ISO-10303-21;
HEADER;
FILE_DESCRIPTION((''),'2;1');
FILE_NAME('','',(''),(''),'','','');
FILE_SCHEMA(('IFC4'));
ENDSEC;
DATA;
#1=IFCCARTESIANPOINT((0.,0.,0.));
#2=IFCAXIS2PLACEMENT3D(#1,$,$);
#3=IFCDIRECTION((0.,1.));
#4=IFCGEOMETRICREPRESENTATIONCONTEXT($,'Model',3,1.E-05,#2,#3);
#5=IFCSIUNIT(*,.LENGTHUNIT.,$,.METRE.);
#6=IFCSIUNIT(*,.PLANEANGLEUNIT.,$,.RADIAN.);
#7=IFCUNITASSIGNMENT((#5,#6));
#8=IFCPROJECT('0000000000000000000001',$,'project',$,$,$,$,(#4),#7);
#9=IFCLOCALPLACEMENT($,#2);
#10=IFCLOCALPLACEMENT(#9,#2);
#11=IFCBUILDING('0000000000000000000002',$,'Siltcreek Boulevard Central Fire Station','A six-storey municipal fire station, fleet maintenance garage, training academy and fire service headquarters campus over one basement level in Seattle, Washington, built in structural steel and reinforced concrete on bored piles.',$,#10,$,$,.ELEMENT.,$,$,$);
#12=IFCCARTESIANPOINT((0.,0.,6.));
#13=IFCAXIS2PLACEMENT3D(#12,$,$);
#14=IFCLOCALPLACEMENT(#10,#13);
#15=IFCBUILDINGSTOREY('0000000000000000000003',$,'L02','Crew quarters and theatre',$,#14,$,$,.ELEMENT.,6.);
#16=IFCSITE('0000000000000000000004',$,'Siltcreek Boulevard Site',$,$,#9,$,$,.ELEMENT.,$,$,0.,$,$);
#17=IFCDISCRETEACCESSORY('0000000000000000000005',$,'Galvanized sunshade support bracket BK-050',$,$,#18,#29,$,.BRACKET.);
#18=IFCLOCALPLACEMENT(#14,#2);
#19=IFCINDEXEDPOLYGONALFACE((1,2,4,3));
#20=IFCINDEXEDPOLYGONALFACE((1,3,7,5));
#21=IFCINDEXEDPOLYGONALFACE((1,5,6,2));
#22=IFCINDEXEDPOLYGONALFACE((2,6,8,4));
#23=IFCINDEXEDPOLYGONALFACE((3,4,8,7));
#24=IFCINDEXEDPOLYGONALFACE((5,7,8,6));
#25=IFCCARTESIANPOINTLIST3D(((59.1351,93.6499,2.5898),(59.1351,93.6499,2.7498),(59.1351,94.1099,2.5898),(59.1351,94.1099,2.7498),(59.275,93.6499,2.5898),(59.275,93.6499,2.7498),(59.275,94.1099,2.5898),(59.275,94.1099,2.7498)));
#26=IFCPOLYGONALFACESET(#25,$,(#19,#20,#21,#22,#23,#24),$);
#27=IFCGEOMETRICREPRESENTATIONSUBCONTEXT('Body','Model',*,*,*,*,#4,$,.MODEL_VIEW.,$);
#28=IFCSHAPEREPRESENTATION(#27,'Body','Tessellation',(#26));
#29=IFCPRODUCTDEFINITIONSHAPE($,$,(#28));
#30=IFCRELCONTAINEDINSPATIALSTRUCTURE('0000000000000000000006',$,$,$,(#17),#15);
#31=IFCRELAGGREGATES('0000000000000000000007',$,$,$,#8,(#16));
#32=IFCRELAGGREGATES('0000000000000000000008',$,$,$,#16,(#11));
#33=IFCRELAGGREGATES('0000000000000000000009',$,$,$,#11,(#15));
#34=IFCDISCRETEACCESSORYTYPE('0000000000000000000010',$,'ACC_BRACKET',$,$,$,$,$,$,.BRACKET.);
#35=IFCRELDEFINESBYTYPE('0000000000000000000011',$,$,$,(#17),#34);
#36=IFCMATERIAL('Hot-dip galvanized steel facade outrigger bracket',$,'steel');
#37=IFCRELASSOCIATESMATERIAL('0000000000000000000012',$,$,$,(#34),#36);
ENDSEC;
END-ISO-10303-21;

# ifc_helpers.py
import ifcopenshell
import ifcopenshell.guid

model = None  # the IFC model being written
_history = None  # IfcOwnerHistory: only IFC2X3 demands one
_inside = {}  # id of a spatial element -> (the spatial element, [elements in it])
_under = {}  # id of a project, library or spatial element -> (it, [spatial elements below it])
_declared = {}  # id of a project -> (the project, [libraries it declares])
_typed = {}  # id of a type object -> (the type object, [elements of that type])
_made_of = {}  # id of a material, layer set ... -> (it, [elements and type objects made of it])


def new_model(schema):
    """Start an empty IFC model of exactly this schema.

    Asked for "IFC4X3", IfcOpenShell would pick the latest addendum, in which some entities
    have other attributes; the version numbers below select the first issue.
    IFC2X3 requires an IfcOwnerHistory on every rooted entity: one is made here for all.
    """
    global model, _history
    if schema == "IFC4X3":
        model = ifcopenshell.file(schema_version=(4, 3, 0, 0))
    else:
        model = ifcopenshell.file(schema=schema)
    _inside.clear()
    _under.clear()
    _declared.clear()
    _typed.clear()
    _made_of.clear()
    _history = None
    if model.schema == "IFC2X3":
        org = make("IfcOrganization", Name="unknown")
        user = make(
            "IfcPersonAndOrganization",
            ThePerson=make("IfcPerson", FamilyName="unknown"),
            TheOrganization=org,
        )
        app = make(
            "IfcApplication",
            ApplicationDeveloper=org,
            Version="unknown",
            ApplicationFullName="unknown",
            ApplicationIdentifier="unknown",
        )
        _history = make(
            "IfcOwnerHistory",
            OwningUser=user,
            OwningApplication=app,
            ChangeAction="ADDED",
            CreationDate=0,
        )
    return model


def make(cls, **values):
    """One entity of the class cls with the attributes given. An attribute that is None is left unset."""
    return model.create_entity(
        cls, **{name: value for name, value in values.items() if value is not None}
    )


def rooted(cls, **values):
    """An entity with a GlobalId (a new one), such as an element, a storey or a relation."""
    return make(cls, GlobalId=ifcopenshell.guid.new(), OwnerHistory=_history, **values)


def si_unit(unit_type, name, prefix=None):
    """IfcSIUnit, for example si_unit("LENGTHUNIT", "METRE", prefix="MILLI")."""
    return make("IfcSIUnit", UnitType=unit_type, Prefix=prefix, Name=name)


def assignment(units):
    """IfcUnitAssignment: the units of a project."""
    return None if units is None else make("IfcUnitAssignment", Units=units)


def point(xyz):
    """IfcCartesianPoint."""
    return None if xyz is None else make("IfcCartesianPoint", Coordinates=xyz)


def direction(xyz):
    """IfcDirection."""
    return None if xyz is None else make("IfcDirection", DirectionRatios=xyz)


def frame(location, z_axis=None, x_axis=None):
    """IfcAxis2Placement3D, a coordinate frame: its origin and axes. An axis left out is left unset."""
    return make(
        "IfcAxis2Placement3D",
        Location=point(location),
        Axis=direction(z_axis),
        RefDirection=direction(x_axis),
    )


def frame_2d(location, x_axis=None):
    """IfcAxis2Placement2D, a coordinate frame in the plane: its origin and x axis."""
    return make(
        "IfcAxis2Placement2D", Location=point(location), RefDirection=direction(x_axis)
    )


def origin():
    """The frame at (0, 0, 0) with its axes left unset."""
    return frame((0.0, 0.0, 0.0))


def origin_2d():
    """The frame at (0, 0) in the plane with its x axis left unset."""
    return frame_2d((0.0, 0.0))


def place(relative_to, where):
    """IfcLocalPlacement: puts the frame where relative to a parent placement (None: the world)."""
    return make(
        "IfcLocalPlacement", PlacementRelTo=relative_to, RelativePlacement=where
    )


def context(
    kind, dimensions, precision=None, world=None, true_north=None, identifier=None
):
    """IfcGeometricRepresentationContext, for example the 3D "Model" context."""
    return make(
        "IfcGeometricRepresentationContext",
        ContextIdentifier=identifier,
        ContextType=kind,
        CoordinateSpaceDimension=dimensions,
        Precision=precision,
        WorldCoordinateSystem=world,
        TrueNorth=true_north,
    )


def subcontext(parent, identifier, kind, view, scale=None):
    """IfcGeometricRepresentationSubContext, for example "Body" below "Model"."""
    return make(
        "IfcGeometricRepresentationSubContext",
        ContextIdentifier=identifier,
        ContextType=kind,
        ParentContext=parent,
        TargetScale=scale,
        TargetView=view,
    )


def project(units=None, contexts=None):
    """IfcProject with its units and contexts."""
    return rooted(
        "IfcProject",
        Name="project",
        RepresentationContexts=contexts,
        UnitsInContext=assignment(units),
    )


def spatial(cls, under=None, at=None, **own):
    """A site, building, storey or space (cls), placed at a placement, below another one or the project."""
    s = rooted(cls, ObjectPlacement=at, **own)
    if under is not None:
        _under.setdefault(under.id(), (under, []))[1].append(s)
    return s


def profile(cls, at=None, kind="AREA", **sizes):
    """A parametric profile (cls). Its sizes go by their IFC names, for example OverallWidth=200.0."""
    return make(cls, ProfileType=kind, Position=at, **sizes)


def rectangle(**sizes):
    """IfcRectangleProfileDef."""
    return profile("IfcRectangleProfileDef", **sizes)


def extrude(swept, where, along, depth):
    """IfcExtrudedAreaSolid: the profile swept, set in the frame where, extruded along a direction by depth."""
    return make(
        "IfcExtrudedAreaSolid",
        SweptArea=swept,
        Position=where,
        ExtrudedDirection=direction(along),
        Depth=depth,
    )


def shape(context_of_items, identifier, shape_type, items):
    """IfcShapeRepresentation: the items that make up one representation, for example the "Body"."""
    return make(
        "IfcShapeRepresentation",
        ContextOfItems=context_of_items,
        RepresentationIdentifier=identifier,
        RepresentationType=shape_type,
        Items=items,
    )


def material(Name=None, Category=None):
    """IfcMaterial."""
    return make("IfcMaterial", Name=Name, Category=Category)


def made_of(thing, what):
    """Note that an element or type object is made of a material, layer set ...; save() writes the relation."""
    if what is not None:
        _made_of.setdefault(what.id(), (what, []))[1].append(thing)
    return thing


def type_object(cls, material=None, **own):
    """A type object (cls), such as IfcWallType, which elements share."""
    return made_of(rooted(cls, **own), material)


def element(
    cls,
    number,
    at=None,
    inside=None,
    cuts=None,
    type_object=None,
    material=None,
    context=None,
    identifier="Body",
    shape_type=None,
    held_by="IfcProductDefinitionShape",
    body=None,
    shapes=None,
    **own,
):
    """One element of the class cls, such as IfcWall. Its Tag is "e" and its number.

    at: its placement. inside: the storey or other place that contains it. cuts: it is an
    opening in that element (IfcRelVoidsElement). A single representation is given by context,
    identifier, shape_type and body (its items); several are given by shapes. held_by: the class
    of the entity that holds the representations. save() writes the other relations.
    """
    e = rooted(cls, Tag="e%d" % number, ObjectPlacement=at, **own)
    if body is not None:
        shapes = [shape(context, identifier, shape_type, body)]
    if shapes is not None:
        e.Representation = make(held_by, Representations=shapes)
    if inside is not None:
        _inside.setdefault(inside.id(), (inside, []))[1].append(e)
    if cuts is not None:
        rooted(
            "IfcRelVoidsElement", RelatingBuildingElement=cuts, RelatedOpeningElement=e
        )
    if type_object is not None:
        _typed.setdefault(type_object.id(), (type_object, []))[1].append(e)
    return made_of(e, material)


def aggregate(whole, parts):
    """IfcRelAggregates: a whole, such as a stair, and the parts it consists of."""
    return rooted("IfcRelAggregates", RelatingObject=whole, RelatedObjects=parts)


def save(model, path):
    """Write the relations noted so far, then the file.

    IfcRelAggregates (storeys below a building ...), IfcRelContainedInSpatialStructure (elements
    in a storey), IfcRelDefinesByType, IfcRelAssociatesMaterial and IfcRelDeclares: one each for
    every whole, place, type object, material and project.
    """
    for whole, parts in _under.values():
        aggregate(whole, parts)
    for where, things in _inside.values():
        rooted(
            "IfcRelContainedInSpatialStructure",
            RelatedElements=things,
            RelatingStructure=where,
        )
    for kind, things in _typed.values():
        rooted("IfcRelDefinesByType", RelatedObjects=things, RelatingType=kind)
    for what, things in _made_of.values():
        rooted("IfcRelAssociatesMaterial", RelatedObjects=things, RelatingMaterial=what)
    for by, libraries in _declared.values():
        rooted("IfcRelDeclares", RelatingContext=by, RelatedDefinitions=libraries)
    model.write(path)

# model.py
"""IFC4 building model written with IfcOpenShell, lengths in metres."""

from ifc_helpers import new_model, si_unit, direction, frame, origin, origin_2d, place, context, subcontext, project, spatial, rectangle, extrude, material, type_object, element, save


model = new_model("IFC4")

# Units and contexts
model_context = context("Model", 3, precision=1e-05, world=origin(), true_north=direction((0.0, 1.0)))
body_context = subcontext(model_context, "Body", "Model", "MODEL_VIEW")
ifc_project = project(units=[si_unit("LENGTHUNIT", "METRE"), si_unit("PLANEANGLEUNIT", "RADIAN")], contexts=[model_context])

# Site, building, storey
site_placement = place(None, origin())
site = spatial("IfcSite", under=ifc_project, at=site_placement, Name="Siltcreek Boulevard Site", CompositionType="ELEMENT", RefElevation=0.0)
building_placement = place(site_placement, origin())
building = spatial("IfcBuilding", under=site, at=building_placement, Name="Siltcreek Boulevard Central Fire Station", Description="A six-storey municipal fire station, fleet maintenance garage, training academy and fire service headquarters campus over one basement level in Seattle, Washington, built in structural steel and reinforced concrete on bored piles.", CompositionType="ELEMENT")
storey_placement = place(building_placement, frame((0.0, 0.0, 6.0)))
storey = spatial("IfcBuildingStorey", under=building, at=storey_placement, Name="L02", Description="Crew quarters and theatre", CompositionType="ELEMENT", Elevation=6.0)

# Discrete accessory
ifc_material_1 = material(Name="Hot-dip galvanized steel facade outrigger bracket", Category="steel")
discrete_accessory_type = type_object("IfcDiscreteAccessoryType", Name="ACC_BRACKET", PredefinedType="BRACKET", material=ifc_material_1)
for number, where, z_axis, x_axis, name in (
    (1, (59.2051, 93.8799, 2.5898), (0.0, 0.0, 1.0), (1.0, 0.0, 0.0), "Galvanized sunshade support bracket BK-050"),
):
    element("IfcDiscreteAccessory", number, at=place(storey_placement, frame(where, z_axis=z_axis, x_axis=x_axis)), inside=storey, type_object=discrete_accessory_type, Name=name, PredefinedType="BRACKET", context=body_context, shape_type="SweptSolid", body=[
        extrude(rectangle(XDim=0.1399, YDim=0.46, at=origin_2d()), origin(), (0.0, 0.0, 1.0), 0.1599),
    ])

save(model, "model.ifc")
